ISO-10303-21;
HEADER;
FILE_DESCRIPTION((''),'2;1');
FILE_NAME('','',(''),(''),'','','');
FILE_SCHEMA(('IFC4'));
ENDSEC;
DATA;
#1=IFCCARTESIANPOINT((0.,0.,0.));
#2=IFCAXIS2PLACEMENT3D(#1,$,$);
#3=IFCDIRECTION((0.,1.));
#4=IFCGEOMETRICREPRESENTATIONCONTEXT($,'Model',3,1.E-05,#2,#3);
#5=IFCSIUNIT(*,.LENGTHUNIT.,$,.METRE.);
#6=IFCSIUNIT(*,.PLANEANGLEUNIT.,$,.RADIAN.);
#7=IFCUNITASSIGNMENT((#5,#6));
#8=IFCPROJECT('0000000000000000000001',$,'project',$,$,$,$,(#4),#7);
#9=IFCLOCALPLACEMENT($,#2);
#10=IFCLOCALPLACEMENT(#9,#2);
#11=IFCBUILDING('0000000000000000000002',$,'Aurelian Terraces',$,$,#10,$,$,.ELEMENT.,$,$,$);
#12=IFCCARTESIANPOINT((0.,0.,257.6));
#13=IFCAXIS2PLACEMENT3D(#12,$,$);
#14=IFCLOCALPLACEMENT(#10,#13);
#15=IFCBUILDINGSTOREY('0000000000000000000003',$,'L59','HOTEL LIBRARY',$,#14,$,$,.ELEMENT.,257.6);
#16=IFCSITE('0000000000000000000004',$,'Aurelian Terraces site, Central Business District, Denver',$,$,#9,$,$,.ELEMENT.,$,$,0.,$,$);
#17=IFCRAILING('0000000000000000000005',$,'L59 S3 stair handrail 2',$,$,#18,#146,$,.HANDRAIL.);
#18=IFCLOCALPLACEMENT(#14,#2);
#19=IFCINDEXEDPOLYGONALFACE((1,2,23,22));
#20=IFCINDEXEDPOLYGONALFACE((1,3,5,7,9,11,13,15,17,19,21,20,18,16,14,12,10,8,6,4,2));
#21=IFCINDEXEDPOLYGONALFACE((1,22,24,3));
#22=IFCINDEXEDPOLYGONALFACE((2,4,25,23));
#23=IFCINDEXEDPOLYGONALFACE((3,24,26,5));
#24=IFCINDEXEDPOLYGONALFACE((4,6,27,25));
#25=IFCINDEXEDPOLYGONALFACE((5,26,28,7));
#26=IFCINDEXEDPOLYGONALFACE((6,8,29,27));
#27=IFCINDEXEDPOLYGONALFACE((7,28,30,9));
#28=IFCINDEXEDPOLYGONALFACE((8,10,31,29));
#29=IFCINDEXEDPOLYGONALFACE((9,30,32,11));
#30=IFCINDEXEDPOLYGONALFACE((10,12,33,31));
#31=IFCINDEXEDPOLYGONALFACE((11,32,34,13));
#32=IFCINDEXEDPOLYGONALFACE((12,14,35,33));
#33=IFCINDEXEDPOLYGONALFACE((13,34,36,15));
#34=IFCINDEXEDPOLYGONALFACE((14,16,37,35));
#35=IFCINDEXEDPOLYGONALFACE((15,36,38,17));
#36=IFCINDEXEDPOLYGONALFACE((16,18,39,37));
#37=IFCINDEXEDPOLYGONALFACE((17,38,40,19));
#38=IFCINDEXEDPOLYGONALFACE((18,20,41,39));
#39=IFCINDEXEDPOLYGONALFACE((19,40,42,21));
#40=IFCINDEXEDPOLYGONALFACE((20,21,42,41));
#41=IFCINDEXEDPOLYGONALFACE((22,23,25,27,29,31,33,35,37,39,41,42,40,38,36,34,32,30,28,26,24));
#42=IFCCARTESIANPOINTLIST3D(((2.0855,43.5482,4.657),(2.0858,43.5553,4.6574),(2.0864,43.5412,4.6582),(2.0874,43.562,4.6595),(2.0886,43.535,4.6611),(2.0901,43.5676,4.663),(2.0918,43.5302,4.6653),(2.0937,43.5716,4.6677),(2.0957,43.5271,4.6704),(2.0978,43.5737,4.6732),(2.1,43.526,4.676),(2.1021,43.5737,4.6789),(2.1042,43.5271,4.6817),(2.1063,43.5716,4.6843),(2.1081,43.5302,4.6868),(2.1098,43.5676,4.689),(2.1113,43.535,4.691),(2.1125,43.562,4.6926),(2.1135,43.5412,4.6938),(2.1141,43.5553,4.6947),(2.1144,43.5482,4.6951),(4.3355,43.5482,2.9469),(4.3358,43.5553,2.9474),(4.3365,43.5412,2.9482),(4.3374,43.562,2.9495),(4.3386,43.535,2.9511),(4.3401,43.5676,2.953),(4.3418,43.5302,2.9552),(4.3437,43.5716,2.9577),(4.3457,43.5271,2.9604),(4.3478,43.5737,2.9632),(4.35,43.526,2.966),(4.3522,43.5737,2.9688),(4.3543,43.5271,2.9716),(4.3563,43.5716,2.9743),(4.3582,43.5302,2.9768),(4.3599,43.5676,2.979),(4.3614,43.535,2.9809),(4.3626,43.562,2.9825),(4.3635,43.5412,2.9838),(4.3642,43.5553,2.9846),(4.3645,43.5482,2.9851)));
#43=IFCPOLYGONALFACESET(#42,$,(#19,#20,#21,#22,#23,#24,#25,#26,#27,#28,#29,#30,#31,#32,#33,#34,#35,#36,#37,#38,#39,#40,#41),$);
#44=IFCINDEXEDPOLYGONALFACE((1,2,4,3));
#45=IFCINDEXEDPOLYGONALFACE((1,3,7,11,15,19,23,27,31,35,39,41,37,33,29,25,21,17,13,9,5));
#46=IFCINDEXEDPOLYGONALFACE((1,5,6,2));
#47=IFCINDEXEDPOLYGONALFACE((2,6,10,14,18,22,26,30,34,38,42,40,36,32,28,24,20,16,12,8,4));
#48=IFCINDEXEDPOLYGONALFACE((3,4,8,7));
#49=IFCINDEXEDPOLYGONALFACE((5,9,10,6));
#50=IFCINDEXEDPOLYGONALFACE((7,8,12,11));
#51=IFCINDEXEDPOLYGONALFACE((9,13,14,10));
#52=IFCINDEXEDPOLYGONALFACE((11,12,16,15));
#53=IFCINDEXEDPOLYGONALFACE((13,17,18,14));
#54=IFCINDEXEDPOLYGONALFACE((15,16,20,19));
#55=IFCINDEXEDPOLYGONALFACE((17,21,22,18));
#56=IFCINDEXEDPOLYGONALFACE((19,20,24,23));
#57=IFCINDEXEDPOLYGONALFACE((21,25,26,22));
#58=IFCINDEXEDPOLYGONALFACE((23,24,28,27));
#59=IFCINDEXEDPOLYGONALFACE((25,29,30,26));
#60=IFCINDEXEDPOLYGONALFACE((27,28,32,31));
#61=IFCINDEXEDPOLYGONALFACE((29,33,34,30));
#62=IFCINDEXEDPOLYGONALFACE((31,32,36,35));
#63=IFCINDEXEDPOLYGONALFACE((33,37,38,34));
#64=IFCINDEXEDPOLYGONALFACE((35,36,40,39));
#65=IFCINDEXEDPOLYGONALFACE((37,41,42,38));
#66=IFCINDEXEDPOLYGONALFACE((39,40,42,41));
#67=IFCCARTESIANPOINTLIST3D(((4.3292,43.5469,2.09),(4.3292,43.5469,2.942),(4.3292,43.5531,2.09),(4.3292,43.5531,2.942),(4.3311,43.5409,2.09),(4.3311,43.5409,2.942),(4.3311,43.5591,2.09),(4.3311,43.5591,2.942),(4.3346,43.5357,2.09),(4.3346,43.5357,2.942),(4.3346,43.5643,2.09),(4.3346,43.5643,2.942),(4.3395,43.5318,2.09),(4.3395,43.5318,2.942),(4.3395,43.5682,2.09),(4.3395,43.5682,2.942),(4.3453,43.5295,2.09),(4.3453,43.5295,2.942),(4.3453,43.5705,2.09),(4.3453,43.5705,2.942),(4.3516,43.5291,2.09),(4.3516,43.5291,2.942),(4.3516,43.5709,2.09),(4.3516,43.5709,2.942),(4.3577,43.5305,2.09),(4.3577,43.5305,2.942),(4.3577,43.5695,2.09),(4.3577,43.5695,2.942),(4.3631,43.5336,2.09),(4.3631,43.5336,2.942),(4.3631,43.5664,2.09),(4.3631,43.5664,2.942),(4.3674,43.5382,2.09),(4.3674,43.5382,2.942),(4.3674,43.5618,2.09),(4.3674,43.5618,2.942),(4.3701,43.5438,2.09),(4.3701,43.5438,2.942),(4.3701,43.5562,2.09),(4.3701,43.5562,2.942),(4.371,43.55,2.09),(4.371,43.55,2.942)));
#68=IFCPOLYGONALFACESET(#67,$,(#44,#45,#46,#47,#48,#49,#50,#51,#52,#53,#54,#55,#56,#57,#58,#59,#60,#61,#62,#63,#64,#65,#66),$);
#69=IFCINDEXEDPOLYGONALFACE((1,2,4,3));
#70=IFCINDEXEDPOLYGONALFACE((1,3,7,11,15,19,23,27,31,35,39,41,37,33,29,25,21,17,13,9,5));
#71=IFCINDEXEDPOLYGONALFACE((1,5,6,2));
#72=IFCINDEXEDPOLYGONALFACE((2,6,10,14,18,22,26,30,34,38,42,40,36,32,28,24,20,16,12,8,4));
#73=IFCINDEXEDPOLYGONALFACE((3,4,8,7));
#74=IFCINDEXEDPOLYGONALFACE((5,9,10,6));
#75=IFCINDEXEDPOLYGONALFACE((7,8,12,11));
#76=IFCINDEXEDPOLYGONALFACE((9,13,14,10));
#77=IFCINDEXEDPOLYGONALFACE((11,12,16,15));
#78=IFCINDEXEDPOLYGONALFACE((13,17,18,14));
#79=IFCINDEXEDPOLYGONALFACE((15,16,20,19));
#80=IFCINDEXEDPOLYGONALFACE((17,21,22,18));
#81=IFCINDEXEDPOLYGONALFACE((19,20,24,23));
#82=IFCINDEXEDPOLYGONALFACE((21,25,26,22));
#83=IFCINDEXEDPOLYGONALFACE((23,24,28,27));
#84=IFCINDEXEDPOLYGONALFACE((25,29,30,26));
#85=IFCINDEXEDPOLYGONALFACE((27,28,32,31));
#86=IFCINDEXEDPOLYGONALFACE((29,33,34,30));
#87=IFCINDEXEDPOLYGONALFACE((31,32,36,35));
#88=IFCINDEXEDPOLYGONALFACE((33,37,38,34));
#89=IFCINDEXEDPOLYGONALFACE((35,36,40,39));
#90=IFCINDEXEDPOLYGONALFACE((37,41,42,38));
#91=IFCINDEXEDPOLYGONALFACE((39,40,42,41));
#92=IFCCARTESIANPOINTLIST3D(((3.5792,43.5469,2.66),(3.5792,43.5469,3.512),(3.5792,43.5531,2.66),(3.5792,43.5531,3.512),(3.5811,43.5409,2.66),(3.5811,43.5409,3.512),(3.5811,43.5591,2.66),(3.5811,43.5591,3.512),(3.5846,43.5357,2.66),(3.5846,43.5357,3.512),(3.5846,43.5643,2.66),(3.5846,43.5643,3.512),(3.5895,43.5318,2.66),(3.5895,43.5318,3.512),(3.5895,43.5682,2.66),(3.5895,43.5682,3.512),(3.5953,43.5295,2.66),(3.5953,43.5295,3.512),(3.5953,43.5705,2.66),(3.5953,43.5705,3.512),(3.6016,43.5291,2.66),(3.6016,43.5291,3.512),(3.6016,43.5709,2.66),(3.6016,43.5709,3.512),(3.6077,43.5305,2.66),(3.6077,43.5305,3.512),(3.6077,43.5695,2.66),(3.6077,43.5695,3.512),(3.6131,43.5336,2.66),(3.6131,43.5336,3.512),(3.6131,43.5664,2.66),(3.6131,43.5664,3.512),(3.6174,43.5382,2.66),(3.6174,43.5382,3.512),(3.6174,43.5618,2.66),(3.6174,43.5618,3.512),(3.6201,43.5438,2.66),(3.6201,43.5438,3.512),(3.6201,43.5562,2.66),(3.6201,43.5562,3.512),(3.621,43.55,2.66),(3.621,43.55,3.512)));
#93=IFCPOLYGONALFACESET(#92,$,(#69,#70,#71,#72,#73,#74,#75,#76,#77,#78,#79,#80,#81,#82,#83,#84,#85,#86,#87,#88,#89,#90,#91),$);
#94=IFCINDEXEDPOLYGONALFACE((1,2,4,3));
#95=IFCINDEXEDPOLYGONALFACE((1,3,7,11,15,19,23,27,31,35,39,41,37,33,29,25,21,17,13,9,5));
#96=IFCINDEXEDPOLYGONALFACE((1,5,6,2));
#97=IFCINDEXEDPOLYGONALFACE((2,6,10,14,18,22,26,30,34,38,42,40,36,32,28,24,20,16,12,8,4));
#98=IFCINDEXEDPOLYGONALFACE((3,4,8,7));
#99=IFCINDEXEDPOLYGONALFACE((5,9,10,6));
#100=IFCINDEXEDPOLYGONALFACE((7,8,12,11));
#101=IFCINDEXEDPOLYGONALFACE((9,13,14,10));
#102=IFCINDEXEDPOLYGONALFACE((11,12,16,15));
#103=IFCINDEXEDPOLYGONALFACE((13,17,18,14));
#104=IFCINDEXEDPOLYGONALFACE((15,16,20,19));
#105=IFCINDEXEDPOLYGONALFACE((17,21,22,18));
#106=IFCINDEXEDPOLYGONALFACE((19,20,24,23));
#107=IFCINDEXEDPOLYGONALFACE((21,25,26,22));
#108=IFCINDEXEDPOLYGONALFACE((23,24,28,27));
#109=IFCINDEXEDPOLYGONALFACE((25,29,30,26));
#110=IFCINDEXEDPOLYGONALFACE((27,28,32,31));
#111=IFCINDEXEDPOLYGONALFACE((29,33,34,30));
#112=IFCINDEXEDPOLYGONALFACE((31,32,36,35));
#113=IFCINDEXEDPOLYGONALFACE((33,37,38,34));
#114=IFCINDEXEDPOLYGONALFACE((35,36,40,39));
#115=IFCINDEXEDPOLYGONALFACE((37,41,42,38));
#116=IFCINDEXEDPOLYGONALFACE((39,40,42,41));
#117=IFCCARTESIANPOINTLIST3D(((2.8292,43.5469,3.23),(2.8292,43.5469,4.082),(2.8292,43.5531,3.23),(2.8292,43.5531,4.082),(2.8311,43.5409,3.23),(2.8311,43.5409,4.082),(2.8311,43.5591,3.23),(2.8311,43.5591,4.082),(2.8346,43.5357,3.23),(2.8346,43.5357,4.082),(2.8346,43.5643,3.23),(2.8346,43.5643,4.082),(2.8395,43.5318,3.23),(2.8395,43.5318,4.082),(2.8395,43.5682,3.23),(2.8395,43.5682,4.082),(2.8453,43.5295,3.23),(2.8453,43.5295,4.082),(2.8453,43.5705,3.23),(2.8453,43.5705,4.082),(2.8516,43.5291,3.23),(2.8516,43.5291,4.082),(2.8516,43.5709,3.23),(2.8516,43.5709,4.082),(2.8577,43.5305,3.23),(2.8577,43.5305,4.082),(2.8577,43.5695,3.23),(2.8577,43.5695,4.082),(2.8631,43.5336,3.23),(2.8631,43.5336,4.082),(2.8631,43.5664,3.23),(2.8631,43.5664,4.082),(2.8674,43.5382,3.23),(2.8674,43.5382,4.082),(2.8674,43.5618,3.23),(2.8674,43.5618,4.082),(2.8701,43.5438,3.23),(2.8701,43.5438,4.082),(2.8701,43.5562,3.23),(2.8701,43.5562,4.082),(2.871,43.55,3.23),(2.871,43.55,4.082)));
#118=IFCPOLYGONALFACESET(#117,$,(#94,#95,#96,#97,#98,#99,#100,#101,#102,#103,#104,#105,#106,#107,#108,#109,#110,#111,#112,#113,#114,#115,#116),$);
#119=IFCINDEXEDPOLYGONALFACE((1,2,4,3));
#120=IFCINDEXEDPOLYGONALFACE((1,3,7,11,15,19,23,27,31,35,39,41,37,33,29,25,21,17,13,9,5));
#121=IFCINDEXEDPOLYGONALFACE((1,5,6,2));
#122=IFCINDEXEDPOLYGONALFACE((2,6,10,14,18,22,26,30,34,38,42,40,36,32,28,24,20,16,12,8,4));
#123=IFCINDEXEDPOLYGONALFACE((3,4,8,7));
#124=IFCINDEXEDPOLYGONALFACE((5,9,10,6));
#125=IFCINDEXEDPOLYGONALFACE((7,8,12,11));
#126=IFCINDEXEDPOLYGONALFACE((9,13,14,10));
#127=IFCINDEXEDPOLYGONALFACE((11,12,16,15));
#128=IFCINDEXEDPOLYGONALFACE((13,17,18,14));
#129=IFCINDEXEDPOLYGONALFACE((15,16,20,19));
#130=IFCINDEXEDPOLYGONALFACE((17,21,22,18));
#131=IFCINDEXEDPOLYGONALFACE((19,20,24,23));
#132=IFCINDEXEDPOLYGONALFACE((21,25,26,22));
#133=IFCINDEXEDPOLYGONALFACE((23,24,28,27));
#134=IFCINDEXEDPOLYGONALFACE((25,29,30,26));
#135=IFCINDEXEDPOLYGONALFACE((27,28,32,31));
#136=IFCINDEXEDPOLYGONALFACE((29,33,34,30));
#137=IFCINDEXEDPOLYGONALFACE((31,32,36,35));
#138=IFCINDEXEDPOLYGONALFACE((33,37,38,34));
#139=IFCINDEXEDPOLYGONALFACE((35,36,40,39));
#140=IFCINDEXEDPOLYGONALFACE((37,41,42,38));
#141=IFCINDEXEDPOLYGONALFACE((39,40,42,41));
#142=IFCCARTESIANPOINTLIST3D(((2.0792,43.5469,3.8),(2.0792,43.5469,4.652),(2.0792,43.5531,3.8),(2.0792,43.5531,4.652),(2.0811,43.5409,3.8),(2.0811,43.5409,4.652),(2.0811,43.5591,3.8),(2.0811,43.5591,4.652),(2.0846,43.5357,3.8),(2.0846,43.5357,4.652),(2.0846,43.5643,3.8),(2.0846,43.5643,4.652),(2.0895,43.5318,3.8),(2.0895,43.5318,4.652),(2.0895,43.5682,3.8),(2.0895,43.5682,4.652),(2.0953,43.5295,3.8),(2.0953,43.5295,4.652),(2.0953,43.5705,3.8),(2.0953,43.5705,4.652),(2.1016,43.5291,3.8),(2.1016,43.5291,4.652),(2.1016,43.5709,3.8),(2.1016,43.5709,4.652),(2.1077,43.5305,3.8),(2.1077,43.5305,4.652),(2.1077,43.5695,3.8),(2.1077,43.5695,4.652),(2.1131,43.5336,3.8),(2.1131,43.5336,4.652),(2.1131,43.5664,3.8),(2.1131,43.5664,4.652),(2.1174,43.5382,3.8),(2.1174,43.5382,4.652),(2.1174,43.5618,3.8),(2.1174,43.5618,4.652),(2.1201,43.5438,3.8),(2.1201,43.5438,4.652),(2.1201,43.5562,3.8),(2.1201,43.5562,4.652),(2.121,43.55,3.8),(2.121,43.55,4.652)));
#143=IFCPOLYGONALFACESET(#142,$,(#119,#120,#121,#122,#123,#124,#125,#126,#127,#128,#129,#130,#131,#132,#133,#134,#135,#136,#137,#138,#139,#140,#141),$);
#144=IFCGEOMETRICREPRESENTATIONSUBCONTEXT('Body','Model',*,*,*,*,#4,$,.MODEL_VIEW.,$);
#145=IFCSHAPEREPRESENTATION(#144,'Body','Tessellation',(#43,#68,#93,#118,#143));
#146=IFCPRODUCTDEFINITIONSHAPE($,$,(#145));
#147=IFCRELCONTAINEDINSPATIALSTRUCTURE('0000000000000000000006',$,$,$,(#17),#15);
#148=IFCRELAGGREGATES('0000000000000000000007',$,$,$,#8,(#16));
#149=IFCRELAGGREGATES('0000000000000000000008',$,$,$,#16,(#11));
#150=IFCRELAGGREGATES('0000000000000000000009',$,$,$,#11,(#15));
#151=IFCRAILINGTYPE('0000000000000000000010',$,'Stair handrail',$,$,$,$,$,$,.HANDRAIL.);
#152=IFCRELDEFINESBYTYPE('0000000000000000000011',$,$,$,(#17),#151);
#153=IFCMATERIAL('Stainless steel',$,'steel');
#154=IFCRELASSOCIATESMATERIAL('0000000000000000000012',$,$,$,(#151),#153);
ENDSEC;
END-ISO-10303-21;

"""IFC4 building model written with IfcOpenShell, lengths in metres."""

from ifc_helpers import new_model, si_unit, direction, frame, origin, origin_2d, place, context, subcontext, project, spatial, circle, extrude, source, transform, mapped, material, type_object, element, save


model = new_model("IFC4")

# Units and contexts
model_context = context("Model", 3, precision=1e-05, world=origin(), true_north=direction((0.0, 1.0)))
body_context = subcontext(model_context, "Body", "Model", "MODEL_VIEW")
ifc_project = project(units=[si_unit("LENGTHUNIT", "METRE"), si_unit("PLANEANGLEUNIT", "RADIAN")], contexts=[model_context])

# Site, building, storey
site_placement = place(None, origin())
site = spatial("IfcSite", under=ifc_project, at=site_placement, Name="Aurelian Terraces site, Central Business District, Denver", CompositionType="ELEMENT", RefElevation=0.0)
building_placement = place(site_placement, origin())
building = spatial("IfcBuilding", under=site, at=building_placement, Name="Aurelian Terraces", CompositionType="ELEMENT")
storey_placement = place(building_placement, frame((0.0, 0.0, 257.6)))
storey = spatial("IfcBuildingStorey", under=building, at=storey_placement, Name="L59", Description="HOTEL LIBRARY", CompositionType="ELEMENT", Elevation=257.6)

# Railing
ifc_material_1 = material(Name="Stainless steel", Category="steel")
railing_type_1 = type_object("IfcRailingType", Name="Stair handrail", PredefinedType="HANDRAIL", material=ifc_material_1)
shared_shape_1 = source(origin(), body_context, "Body", "SweptSolid", [
    extrude(circle(Radius=0.024, at=origin_2d()), frame((0.0, 0.0, 0.876), z_axis=(-0.796162, 0.0, 0.605083), x_axis=(0.0, -1.0, 0.0)), (0.0, 0.0, 1.0), 2.8261),
    extrude(circle(Radius=0.021, at=origin_2d()), origin(), (0.0, 0.0, 1.0), 0.852),
    extrude(circle(Radius=0.021, at=origin_2d()), frame((-0.75, 0.0, 0.57)), (0.0, 0.0, 1.0), 0.852),
    extrude(circle(Radius=0.021, at=origin_2d()), frame((-1.5, 0.0, 1.14)), (0.0, 0.0, 1.0), 0.852),
    extrude(circle(Radius=0.021, at=origin_2d()), frame((-2.25, 0.0, 1.71)), (0.0, 0.0, 1.0), 0.852),
])
railing_1_placement = place(storey_placement, frame((4.35, 43.55, 2.09)))
element("IfcRailing", 1, at=railing_1_placement, inside=storey, type_object=railing_type_1, Name="L59 S3 stair handrail 2", PredefinedType="HANDRAIL", context=body_context, shape_type="MappedRepresentation", body=[
    mapped(shared_shape_1, transform((0.0, 0.0, 0.0), scale=1.0)),
])

save(model, "model.ifc")
